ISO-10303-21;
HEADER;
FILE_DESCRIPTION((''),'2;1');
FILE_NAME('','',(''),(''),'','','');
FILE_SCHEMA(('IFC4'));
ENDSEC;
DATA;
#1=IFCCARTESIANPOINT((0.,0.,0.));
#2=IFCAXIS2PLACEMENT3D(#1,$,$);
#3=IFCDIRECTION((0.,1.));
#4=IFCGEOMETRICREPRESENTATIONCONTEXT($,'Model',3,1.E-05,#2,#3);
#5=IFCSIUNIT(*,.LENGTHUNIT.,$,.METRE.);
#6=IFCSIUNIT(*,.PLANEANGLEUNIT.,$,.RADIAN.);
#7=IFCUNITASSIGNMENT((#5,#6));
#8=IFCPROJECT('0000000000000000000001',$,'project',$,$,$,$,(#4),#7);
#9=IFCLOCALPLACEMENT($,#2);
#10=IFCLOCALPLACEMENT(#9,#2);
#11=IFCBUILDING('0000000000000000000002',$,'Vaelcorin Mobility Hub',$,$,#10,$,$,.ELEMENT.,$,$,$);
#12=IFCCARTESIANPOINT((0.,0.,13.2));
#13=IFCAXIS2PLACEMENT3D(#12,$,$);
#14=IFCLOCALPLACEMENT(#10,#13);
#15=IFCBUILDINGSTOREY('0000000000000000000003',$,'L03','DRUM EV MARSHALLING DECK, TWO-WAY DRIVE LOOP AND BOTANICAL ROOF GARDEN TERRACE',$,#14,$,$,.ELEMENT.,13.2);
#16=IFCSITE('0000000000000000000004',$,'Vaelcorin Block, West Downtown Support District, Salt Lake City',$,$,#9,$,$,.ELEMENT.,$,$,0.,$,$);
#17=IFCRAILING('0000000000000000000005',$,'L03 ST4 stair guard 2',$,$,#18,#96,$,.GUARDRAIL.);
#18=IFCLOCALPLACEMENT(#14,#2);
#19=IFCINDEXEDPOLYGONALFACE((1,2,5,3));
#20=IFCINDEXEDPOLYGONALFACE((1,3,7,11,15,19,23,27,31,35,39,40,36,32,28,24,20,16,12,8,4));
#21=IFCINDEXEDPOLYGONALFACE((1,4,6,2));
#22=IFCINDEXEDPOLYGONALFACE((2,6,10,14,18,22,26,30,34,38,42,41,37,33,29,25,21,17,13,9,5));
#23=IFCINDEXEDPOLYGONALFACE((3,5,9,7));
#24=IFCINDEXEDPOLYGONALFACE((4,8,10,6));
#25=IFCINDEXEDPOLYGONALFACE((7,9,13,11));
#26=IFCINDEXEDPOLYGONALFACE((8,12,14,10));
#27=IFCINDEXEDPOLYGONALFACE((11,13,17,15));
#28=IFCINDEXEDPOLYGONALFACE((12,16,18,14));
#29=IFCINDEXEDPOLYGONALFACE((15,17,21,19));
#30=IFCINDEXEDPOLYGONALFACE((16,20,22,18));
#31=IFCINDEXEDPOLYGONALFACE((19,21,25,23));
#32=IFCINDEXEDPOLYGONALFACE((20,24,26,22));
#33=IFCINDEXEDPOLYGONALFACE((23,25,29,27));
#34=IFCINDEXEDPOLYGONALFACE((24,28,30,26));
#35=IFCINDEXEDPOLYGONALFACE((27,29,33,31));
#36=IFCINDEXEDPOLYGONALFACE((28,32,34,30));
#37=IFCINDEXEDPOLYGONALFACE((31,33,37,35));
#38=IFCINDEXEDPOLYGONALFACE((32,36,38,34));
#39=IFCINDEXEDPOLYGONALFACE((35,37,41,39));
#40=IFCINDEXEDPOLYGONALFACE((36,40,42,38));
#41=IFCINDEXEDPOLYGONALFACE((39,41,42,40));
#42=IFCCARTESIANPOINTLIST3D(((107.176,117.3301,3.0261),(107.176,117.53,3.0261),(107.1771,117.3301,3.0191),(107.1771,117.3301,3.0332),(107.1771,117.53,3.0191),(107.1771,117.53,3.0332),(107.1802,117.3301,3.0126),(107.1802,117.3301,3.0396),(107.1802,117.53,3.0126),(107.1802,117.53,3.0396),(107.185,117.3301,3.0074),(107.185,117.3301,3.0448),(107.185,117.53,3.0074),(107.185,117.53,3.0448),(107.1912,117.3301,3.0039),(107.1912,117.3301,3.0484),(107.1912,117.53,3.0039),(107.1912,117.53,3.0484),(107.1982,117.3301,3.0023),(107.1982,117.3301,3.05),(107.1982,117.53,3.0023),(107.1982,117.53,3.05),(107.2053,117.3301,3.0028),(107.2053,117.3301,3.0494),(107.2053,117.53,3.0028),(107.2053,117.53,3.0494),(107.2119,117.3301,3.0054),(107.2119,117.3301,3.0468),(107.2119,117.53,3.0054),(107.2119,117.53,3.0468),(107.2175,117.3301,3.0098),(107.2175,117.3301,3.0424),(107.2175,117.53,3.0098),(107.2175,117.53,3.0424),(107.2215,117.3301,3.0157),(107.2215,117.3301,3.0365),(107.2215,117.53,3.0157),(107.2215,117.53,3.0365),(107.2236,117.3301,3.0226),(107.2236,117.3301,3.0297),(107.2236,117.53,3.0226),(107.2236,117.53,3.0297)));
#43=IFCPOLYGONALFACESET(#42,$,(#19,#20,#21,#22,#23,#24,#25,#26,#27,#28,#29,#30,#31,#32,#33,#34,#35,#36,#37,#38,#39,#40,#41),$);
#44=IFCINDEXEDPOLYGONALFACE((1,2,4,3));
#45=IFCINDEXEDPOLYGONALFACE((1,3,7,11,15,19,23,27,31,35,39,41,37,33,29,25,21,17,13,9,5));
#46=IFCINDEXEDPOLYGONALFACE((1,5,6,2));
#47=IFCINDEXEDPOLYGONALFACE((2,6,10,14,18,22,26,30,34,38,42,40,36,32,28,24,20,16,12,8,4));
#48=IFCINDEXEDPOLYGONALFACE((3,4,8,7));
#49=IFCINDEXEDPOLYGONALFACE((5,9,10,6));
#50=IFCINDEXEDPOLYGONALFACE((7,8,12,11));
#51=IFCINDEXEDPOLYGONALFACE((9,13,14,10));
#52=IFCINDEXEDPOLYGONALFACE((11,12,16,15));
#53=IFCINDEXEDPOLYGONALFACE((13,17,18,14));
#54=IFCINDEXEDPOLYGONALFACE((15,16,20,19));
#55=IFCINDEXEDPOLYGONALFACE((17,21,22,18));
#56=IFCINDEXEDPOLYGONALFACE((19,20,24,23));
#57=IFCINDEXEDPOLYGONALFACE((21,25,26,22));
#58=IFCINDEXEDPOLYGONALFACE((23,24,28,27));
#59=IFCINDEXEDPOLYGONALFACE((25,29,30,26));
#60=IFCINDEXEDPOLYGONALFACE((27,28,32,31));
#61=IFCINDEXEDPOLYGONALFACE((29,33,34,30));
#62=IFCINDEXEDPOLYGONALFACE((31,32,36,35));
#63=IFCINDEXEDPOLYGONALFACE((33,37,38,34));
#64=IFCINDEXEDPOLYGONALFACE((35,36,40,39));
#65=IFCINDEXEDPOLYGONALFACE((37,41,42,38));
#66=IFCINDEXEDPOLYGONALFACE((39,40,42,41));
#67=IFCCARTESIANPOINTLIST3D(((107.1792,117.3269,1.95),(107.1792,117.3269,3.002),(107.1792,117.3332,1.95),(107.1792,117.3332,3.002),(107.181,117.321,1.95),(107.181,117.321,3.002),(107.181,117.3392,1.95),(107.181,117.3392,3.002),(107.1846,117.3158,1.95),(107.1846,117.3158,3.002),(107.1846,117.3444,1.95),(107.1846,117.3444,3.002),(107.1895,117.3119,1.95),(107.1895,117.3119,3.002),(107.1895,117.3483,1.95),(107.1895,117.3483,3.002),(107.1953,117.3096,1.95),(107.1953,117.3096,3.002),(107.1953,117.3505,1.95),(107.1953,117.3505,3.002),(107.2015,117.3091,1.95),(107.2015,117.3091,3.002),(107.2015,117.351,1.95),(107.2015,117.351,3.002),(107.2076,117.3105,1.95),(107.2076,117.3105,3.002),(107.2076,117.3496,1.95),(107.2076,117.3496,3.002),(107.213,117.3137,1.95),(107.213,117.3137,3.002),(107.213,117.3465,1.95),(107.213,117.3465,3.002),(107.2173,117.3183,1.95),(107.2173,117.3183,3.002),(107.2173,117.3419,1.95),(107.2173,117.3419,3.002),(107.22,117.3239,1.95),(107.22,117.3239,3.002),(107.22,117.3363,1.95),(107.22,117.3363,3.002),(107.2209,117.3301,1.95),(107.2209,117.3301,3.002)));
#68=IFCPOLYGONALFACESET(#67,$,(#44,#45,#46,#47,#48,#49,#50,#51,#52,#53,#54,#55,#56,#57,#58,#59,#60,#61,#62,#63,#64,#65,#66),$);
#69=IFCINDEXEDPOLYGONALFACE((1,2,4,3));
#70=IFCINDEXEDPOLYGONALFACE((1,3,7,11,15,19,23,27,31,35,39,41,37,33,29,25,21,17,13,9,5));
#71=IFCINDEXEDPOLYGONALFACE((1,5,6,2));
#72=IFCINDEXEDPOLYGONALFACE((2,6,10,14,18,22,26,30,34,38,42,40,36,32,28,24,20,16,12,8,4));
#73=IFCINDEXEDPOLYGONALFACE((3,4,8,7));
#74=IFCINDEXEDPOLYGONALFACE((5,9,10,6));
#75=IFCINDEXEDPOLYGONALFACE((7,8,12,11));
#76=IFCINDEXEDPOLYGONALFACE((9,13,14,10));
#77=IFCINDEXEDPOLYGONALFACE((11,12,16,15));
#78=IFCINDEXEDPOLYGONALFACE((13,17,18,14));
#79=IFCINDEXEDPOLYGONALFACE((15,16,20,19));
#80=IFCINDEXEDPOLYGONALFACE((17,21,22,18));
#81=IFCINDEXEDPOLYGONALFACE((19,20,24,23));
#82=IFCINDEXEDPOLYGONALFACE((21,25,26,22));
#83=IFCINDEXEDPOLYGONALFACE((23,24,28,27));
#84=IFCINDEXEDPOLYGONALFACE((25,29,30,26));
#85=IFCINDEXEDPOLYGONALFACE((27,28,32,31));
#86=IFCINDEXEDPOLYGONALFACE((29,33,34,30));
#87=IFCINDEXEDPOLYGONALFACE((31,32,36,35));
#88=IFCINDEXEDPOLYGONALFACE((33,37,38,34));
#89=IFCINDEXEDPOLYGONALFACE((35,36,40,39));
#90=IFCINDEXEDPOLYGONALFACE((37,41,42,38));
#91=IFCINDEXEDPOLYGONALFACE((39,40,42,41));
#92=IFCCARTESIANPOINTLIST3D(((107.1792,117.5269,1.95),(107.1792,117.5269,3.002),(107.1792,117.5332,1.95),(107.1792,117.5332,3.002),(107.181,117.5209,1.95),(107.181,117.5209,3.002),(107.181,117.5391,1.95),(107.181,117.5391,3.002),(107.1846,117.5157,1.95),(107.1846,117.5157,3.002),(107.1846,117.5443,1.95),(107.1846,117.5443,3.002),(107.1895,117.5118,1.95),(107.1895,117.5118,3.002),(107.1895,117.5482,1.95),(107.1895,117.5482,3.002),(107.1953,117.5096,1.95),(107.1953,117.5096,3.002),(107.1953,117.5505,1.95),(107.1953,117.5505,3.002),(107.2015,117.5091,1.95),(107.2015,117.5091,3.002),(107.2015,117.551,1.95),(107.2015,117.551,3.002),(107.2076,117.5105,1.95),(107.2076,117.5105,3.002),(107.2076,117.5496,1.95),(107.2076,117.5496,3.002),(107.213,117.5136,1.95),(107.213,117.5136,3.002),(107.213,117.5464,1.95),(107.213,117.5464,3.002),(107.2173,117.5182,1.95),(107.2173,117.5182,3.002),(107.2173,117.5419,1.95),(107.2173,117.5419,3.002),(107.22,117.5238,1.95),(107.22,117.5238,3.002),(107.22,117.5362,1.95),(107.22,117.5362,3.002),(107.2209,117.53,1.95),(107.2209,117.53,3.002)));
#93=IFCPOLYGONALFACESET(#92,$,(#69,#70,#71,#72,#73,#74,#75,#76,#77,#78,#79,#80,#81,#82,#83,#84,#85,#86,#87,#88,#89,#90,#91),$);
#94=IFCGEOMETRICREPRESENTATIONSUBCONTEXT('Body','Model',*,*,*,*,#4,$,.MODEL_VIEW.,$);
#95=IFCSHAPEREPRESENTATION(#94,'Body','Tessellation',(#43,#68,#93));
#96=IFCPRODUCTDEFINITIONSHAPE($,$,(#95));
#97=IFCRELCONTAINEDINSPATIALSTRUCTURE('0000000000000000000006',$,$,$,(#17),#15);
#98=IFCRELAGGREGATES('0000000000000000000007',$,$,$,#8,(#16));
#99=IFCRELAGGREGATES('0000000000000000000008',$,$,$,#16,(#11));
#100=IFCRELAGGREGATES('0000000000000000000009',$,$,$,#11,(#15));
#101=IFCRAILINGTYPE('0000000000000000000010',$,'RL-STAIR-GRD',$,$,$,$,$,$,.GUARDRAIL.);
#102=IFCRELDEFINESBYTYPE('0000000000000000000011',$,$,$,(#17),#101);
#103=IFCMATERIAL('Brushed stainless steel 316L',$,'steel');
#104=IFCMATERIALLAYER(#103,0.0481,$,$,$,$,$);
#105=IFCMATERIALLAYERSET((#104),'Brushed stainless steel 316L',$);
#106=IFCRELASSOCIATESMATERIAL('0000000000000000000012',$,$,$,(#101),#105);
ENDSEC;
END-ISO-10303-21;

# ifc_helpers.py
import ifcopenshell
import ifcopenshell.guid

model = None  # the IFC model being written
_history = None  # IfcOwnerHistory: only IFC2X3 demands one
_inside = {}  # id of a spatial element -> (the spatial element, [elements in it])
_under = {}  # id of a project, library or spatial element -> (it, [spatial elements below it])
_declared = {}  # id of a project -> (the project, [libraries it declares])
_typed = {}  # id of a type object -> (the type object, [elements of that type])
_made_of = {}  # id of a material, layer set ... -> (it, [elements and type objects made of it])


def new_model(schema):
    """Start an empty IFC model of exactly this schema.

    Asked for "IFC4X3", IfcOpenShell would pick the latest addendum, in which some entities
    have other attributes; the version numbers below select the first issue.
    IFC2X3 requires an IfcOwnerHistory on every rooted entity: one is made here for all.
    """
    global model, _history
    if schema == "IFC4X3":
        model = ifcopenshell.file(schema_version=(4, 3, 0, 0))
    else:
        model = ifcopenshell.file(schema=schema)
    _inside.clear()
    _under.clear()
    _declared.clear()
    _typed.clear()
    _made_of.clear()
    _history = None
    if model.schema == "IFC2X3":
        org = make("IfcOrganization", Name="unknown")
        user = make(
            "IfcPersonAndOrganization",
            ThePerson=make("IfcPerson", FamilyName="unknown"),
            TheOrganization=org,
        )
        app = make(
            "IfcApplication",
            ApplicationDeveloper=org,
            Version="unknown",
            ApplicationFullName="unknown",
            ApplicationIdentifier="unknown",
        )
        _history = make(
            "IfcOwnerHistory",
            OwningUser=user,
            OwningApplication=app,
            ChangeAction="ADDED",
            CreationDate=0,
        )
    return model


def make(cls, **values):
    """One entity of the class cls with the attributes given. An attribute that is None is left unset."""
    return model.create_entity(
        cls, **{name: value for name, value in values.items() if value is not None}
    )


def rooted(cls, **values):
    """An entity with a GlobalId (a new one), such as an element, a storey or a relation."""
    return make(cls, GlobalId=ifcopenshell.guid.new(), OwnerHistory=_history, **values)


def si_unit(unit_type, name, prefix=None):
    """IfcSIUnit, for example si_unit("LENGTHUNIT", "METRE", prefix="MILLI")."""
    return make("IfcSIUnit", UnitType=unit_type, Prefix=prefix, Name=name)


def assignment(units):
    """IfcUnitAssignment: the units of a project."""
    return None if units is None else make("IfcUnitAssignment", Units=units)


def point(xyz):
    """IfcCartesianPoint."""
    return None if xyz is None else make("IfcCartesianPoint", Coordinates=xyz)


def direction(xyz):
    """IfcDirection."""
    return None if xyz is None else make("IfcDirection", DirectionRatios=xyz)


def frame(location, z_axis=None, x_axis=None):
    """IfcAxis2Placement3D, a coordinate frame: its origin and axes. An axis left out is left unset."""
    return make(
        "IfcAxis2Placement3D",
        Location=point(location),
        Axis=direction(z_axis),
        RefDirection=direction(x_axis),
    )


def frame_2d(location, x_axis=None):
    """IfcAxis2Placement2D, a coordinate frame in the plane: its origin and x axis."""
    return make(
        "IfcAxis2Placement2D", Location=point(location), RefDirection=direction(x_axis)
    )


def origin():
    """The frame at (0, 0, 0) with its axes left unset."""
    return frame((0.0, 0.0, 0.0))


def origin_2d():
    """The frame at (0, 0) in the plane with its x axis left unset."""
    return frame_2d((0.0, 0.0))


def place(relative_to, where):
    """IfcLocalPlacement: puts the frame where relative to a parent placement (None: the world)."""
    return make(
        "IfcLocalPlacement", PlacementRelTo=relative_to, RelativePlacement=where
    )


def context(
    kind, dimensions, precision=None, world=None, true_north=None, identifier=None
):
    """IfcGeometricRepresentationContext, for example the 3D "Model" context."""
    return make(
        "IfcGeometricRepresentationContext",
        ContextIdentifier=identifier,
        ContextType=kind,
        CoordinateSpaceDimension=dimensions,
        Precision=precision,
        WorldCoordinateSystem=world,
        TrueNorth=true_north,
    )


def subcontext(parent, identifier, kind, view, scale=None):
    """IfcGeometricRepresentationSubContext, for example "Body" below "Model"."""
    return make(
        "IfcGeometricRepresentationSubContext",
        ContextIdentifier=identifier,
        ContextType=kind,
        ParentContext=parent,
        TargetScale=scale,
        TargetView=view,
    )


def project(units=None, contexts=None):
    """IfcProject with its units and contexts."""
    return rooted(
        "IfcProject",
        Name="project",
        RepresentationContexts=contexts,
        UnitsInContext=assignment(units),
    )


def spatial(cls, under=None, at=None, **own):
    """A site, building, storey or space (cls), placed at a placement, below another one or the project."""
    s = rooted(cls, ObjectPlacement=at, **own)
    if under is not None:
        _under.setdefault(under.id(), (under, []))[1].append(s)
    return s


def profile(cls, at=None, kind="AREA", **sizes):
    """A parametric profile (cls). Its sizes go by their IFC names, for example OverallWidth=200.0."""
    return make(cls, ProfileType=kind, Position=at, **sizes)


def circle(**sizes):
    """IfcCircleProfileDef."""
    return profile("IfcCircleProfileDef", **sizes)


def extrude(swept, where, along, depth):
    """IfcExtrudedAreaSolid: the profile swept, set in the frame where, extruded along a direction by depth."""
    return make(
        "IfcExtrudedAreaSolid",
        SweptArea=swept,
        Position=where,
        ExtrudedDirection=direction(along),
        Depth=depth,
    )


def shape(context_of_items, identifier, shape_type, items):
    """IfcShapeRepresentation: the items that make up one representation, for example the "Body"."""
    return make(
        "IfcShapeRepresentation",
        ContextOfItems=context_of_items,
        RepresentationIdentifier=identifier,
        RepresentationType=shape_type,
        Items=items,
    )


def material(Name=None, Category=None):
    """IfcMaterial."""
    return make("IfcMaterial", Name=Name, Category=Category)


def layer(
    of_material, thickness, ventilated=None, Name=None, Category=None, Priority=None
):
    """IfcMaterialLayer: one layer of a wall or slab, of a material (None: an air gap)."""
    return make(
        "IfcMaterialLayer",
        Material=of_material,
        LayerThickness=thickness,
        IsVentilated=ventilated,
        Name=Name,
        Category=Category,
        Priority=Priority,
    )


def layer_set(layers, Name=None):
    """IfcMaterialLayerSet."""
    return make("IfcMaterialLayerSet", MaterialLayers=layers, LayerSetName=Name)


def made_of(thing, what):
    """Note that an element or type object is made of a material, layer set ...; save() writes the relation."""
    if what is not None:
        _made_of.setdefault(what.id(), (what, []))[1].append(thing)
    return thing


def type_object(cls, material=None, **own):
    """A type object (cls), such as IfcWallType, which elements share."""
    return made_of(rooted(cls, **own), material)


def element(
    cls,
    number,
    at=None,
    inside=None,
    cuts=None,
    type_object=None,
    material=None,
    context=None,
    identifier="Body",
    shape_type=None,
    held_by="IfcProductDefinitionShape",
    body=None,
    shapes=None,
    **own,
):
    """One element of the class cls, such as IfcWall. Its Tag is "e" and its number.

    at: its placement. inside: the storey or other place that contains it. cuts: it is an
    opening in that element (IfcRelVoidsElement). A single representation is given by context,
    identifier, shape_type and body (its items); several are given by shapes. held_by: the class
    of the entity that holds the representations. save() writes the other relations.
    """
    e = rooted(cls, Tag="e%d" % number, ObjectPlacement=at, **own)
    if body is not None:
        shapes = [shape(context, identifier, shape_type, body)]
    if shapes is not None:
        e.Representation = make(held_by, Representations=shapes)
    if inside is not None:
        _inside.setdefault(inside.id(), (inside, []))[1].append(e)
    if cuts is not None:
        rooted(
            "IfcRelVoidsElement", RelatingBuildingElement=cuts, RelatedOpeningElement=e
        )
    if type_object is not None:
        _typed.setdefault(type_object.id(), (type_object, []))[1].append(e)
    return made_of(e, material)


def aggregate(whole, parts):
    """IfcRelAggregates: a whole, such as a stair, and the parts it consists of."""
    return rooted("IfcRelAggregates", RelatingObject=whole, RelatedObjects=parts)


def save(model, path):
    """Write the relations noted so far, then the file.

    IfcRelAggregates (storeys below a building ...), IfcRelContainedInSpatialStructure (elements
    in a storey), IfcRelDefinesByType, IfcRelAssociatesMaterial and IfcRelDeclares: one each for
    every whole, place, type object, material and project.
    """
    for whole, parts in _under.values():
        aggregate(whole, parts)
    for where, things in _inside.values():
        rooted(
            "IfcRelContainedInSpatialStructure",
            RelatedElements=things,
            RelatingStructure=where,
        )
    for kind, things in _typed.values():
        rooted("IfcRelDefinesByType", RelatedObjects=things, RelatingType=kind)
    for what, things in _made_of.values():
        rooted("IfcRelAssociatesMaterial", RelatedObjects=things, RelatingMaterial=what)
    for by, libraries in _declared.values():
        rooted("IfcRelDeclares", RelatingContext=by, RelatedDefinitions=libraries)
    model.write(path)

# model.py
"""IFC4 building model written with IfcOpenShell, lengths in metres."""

from ifc_helpers import new_model, si_unit, direction, frame, origin, origin_2d, place, context, subcontext, project, spatial, circle, extrude, material, layer, layer_set, type_object, element, save


model = new_model("IFC4")

# Units and contexts
model_context = context("Model", 3, precision=1e-05, world=origin(), true_north=direction((0.0, 1.0)))
body_context = subcontext(model_context, "Body", "Model", "MODEL_VIEW")
ifc_project = project(units=[si_unit("LENGTHUNIT", "METRE"), si_unit("PLANEANGLEUNIT", "RADIAN")], contexts=[model_context])

# Site, building, storey
site_placement = place(None, origin())
site = spatial("IfcSite", under=ifc_project, at=site_placement, Name="Vaelcorin Block, West Downtown Support District, Salt Lake City", CompositionType="ELEMENT", RefElevation=0.0)
building_placement = place(site_placement, origin())
building = spatial("IfcBuilding", under=site, at=building_placement, Name="Vaelcorin Mobility Hub", CompositionType="ELEMENT")
storey_placement = place(building_placement, frame((0.0, 0.0, 13.2)))
storey = spatial("IfcBuildingStorey", under=building, at=storey_placement, Name="L03", Description="DRUM EV MARSHALLING DECK, TWO-WAY DRIVE LOOP AND BOTANICAL ROOF GARDEN TERRACE", CompositionType="ELEMENT", Elevation=13.2)

# Railing
ifc_material_1 = material(Name="Brushed stainless steel 316L", Category="steel")
ifc_layer_1 = layer(ifc_material_1, 0.0481)
ifc_layer_set_1 = layer_set([ifc_layer_1], Name="Brushed stainless steel 316L")
railing_type_1 = type_object("IfcRailingType", Name="RL-STAIR-GRD", PredefinedType="GUARDRAIL", material=ifc_layer_set_1)
railing_1_placement = place(storey_placement, frame((107.2, 117.3301, 1.95)))
element("IfcRailing", 1, at=railing_1_placement, inside=storey, type_object=railing_type_1, Name="L03 ST4 stair guard 2", PredefinedType="GUARDRAIL", context=body_context, shape_type="SweptSolid", body=[
    extrude(circle(Radius=0.0239, at=origin_2d()), frame((0.0, 0.0, 1.0762), z_axis=(0.0, 1.0, 0.0), x_axis=(-1.0, 0.0, 0.0)), (0.0, 0.0, 1.0), 0.2),
    extrude(circle(Radius=0.021, at=origin_2d()), origin(), (0.0, 0.0, 1.0), 1.052),
    extrude(circle(Radius=0.021, at=origin_2d()), frame((0.0, 0.2, 0.0)), (0.0, 0.0, 1.0), 1.052),
])

save(model, "model.ifc")
